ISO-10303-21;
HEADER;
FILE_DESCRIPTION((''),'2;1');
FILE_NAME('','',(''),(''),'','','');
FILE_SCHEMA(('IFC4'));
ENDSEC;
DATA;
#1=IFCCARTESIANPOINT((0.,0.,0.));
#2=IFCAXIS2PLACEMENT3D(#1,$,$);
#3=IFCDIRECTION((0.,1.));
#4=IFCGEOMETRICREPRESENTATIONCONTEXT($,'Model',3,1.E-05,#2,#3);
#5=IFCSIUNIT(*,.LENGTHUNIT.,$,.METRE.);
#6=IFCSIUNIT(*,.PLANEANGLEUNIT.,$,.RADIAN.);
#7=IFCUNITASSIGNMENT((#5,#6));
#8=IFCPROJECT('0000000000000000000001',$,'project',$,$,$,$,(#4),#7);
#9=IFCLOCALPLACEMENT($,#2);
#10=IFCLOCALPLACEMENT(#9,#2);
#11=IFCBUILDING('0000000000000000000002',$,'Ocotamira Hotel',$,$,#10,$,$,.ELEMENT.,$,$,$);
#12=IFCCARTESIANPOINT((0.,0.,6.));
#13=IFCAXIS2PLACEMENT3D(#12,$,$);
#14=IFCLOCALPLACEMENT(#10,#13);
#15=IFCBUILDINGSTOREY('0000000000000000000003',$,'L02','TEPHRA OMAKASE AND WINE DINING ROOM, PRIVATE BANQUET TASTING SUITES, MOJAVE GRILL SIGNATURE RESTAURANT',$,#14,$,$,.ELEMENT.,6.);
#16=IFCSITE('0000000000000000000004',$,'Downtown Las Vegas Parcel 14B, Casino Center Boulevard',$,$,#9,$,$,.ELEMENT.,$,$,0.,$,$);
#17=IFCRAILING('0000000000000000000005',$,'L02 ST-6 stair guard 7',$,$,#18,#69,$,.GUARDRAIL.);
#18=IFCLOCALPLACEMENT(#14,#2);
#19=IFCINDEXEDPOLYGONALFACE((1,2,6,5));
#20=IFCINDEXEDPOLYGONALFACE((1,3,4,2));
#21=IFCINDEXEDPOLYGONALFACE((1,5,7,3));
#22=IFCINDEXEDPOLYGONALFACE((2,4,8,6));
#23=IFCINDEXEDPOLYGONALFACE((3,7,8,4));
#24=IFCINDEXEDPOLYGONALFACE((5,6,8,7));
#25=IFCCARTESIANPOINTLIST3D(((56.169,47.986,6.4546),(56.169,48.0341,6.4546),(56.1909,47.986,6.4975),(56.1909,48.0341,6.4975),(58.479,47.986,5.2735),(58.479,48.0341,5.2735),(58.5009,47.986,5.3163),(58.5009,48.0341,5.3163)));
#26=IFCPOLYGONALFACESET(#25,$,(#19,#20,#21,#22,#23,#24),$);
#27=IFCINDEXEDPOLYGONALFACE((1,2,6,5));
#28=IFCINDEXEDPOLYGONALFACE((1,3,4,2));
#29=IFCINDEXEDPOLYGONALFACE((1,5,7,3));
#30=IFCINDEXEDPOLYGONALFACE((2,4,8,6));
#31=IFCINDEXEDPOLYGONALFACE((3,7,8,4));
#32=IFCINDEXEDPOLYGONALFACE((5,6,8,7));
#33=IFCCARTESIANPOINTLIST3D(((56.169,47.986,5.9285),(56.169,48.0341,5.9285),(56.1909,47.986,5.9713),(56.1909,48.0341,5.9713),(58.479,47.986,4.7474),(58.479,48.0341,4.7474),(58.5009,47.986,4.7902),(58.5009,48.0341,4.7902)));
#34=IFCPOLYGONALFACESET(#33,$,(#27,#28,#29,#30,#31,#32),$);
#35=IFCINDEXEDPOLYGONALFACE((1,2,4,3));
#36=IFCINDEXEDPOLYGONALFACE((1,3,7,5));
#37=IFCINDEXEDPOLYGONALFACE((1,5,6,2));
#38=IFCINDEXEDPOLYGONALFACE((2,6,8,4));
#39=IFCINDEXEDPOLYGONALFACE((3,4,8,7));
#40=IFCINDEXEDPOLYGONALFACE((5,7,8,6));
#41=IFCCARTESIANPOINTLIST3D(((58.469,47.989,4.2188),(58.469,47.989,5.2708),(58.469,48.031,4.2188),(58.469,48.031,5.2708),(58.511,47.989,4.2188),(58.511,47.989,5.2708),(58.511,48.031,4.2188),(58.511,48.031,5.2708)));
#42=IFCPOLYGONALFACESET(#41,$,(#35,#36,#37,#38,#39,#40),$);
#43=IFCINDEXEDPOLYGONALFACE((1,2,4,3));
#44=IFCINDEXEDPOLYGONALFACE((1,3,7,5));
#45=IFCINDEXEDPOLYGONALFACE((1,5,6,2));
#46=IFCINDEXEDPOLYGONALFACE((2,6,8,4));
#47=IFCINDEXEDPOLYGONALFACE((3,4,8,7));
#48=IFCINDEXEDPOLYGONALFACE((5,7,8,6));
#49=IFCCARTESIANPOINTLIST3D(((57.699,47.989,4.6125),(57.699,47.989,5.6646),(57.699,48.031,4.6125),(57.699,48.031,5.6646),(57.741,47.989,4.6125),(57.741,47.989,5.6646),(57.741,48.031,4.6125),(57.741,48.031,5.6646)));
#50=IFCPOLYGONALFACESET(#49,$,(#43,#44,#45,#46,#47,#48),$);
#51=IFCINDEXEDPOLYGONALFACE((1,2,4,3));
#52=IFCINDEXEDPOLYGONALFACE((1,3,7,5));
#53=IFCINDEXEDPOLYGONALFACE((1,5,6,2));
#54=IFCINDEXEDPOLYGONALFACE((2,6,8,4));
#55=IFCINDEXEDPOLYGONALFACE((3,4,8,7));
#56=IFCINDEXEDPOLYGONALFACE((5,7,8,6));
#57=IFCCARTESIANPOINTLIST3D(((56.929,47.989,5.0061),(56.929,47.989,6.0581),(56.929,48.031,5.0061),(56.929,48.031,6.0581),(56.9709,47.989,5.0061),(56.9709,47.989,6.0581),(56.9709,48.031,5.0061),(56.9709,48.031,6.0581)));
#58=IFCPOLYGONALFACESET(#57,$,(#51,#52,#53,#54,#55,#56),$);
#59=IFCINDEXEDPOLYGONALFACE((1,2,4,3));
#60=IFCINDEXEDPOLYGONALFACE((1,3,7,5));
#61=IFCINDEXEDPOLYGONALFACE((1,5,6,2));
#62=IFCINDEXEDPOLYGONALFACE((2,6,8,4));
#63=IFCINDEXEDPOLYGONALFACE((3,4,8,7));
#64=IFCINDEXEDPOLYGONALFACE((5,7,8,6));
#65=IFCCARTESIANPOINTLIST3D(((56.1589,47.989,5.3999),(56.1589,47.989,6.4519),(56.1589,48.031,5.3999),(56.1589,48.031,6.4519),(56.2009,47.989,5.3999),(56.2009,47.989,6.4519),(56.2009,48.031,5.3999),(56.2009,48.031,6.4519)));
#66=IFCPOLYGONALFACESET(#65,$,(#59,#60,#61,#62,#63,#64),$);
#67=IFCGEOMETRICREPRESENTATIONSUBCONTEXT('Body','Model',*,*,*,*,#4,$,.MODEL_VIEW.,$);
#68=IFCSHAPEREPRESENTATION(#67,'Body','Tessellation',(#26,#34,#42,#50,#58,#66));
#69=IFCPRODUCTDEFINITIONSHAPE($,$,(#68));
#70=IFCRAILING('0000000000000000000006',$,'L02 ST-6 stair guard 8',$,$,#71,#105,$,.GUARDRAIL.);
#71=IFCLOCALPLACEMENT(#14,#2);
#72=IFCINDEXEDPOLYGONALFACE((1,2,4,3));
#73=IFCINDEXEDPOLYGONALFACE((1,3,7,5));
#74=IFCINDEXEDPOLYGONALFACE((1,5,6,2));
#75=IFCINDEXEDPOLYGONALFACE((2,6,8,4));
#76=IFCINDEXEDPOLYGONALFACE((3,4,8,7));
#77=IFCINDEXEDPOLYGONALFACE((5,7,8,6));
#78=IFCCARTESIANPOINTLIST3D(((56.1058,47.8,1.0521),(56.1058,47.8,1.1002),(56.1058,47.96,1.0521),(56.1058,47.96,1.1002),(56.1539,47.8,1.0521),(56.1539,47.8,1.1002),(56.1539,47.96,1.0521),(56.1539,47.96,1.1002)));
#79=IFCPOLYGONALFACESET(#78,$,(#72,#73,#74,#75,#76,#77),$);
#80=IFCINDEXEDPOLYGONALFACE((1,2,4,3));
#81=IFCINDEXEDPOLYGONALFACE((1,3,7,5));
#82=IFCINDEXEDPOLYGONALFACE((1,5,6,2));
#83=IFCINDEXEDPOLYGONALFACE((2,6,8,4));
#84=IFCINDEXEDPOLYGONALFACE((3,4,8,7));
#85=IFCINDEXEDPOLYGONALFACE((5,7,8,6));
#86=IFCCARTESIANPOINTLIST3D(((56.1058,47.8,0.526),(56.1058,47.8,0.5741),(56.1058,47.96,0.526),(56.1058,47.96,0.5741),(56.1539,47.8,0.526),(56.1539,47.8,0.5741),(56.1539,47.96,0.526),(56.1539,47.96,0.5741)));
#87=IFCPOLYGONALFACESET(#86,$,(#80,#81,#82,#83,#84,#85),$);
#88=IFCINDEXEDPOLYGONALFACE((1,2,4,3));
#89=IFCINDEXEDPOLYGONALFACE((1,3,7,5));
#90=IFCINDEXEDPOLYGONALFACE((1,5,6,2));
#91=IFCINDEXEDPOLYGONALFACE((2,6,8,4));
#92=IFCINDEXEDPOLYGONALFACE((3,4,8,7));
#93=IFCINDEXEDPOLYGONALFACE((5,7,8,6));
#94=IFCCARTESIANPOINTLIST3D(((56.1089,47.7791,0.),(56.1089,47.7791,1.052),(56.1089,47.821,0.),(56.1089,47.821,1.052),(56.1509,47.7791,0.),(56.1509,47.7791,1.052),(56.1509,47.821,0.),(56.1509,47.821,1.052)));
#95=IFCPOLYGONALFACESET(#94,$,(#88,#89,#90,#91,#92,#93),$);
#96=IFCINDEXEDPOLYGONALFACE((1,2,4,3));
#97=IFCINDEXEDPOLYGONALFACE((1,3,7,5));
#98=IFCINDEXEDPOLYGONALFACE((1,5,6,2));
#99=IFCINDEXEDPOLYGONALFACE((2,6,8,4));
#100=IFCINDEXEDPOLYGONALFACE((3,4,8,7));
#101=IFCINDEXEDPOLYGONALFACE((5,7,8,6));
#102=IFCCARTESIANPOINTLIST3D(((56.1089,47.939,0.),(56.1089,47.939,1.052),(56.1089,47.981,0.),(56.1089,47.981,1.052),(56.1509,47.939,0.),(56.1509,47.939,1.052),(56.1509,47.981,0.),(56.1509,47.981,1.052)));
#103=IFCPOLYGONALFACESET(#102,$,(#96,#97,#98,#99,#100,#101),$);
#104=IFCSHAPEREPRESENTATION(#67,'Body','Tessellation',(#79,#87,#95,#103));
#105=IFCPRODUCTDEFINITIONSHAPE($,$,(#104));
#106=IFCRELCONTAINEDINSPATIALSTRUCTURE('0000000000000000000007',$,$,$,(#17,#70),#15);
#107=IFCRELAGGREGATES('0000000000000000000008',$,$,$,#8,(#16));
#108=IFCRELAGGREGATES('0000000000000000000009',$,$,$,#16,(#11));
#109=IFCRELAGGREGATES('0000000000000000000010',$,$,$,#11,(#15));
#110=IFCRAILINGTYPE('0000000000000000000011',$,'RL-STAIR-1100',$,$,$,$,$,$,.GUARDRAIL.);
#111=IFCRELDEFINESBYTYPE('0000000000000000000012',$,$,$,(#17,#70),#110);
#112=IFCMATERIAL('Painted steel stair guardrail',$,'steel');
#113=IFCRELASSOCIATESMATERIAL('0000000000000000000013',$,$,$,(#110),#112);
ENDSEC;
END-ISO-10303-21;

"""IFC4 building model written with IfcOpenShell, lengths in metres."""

from ifc_helpers import new_model, si_unit, direction, frame, origin, origin_2d, place, context, subcontext, project, spatial, rectangle, extrude, material, type_object, element, save


model = new_model("IFC4")

# Units and contexts
model_context = context("Model", 3, precision=1e-05, world=origin(), true_north=direction((0.0, 1.0)))
body_context = subcontext(model_context, "Body", "Model", "MODEL_VIEW")
ifc_project = project(units=[si_unit("LENGTHUNIT", "METRE"), si_unit("PLANEANGLEUNIT", "RADIAN")], contexts=[model_context])

# Site, building, storey
site_placement = place(None, origin())
site = spatial("IfcSite", under=ifc_project, at=site_placement, Name="Downtown Las Vegas Parcel 14B, Casino Center Boulevard", CompositionType="ELEMENT", RefElevation=0.0)
building_placement = place(site_placement, origin())
building = spatial("IfcBuilding", under=site, at=building_placement, Name="Ocotamira Hotel", CompositionType="ELEMENT")
storey_placement = place(building_placement, frame((0.0, 0.0, 6.0)))
storey = spatial("IfcBuildingStorey", under=building, at=storey_placement, Name="L02", Description="TEPHRA OMAKASE AND WINE DINING ROOM, PRIVATE BANQUET TASTING SUITES, MOJAVE GRILL SIGNATURE RESTAURANT", CompositionType="ELEMENT", Elevation=6.0)

# Railings
ifc_material_1 = material(Name="Painted steel stair guardrail", Category="steel")
railing_type_1 = type_object("IfcRailingType", Name="RL-STAIR-1100", PredefinedType="GUARDRAIL", material=ifc_material_1)
railing_1_placement = place(storey_placement, frame((58.49, 48.01, 4.2188)))
element("IfcRailing", 1, at=railing_1_placement, inside=storey, type_object=railing_type_1, Name="L02 ST-6 stair guard 7", PredefinedType="GUARDRAIL", context=body_context, shape_type="SweptSolid", body=[
    extrude(rectangle(XDim=0.0481, YDim=0.0481, at=origin_2d()), frame((0.0, 0.0, 1.0762), z_axis=(-0.890363, 0.0, 0.45525), x_axis=(0.0, -1.0, 0.0)), (0.0, 0.0, 1.0), 2.5945),
    extrude(rectangle(XDim=0.0481, YDim=0.0481, at=origin_2d()), frame((0.0, 0.0, 0.55), z_axis=(-0.890363, 0.0, 0.45525), x_axis=(0.0, -1.0, 0.0)), (0.0, 0.0, 1.0), 2.5945),
    extrude(rectangle(XDim=0.042, YDim=0.042, at=origin_2d()), origin(), (0.0, 0.0, 1.0), 1.052),
    extrude(rectangle(XDim=0.042, YDim=0.042, at=origin_2d()), frame((-0.77, 0.0, 0.3938)), (0.0, 0.0, 1.0), 1.052),
    extrude(rectangle(XDim=0.042, YDim=0.042, at=origin_2d()), frame((-1.54, 0.0, 0.7874)), (0.0, 0.0, 1.0), 1.052),
    extrude(rectangle(XDim=0.042, YDim=0.042, at=origin_2d()), frame((-2.3101, 0.0, 1.1812)), (0.0, 0.0, 1.0), 1.052),
])
railing_2_placement = place(storey_placement, frame((56.1299, 47.8, 0.0)))
element("IfcRailing", 2, at=railing_2_placement, inside=storey, type_object=railing_type_1, Name="L02 ST-6 stair guard 8", PredefinedType="GUARDRAIL", context=body_context, shape_type="SweptSolid", body=[
    extrude(rectangle(XDim=0.0481, YDim=0.0481, at=origin_2d()), frame((0.0, 0.0, 1.0762), z_axis=(0.0, 1.0, 0.0), x_axis=(-1.0, 0.0, 0.0)), (0.0, 0.0, 1.0), 0.1599),
    extrude(rectangle(XDim=0.0481, YDim=0.0481, at=origin_2d()), frame((0.0, 0.0, 0.55), z_axis=(0.0, 1.0, 0.0), x_axis=(-1.0, 0.0, 0.0)), (0.0, 0.0, 1.0), 0.1599),
    extrude(rectangle(XDim=0.042, YDim=0.042, at=origin_2d()), origin(), (0.0, 0.0, 1.0), 1.052),
    extrude(rectangle(XDim=0.042, YDim=0.042, at=origin_2d()), frame((0.0, 0.1599, 0.0)), (0.0, 0.0, 1.0), 1.052),
])

save(model, "model.ifc")
